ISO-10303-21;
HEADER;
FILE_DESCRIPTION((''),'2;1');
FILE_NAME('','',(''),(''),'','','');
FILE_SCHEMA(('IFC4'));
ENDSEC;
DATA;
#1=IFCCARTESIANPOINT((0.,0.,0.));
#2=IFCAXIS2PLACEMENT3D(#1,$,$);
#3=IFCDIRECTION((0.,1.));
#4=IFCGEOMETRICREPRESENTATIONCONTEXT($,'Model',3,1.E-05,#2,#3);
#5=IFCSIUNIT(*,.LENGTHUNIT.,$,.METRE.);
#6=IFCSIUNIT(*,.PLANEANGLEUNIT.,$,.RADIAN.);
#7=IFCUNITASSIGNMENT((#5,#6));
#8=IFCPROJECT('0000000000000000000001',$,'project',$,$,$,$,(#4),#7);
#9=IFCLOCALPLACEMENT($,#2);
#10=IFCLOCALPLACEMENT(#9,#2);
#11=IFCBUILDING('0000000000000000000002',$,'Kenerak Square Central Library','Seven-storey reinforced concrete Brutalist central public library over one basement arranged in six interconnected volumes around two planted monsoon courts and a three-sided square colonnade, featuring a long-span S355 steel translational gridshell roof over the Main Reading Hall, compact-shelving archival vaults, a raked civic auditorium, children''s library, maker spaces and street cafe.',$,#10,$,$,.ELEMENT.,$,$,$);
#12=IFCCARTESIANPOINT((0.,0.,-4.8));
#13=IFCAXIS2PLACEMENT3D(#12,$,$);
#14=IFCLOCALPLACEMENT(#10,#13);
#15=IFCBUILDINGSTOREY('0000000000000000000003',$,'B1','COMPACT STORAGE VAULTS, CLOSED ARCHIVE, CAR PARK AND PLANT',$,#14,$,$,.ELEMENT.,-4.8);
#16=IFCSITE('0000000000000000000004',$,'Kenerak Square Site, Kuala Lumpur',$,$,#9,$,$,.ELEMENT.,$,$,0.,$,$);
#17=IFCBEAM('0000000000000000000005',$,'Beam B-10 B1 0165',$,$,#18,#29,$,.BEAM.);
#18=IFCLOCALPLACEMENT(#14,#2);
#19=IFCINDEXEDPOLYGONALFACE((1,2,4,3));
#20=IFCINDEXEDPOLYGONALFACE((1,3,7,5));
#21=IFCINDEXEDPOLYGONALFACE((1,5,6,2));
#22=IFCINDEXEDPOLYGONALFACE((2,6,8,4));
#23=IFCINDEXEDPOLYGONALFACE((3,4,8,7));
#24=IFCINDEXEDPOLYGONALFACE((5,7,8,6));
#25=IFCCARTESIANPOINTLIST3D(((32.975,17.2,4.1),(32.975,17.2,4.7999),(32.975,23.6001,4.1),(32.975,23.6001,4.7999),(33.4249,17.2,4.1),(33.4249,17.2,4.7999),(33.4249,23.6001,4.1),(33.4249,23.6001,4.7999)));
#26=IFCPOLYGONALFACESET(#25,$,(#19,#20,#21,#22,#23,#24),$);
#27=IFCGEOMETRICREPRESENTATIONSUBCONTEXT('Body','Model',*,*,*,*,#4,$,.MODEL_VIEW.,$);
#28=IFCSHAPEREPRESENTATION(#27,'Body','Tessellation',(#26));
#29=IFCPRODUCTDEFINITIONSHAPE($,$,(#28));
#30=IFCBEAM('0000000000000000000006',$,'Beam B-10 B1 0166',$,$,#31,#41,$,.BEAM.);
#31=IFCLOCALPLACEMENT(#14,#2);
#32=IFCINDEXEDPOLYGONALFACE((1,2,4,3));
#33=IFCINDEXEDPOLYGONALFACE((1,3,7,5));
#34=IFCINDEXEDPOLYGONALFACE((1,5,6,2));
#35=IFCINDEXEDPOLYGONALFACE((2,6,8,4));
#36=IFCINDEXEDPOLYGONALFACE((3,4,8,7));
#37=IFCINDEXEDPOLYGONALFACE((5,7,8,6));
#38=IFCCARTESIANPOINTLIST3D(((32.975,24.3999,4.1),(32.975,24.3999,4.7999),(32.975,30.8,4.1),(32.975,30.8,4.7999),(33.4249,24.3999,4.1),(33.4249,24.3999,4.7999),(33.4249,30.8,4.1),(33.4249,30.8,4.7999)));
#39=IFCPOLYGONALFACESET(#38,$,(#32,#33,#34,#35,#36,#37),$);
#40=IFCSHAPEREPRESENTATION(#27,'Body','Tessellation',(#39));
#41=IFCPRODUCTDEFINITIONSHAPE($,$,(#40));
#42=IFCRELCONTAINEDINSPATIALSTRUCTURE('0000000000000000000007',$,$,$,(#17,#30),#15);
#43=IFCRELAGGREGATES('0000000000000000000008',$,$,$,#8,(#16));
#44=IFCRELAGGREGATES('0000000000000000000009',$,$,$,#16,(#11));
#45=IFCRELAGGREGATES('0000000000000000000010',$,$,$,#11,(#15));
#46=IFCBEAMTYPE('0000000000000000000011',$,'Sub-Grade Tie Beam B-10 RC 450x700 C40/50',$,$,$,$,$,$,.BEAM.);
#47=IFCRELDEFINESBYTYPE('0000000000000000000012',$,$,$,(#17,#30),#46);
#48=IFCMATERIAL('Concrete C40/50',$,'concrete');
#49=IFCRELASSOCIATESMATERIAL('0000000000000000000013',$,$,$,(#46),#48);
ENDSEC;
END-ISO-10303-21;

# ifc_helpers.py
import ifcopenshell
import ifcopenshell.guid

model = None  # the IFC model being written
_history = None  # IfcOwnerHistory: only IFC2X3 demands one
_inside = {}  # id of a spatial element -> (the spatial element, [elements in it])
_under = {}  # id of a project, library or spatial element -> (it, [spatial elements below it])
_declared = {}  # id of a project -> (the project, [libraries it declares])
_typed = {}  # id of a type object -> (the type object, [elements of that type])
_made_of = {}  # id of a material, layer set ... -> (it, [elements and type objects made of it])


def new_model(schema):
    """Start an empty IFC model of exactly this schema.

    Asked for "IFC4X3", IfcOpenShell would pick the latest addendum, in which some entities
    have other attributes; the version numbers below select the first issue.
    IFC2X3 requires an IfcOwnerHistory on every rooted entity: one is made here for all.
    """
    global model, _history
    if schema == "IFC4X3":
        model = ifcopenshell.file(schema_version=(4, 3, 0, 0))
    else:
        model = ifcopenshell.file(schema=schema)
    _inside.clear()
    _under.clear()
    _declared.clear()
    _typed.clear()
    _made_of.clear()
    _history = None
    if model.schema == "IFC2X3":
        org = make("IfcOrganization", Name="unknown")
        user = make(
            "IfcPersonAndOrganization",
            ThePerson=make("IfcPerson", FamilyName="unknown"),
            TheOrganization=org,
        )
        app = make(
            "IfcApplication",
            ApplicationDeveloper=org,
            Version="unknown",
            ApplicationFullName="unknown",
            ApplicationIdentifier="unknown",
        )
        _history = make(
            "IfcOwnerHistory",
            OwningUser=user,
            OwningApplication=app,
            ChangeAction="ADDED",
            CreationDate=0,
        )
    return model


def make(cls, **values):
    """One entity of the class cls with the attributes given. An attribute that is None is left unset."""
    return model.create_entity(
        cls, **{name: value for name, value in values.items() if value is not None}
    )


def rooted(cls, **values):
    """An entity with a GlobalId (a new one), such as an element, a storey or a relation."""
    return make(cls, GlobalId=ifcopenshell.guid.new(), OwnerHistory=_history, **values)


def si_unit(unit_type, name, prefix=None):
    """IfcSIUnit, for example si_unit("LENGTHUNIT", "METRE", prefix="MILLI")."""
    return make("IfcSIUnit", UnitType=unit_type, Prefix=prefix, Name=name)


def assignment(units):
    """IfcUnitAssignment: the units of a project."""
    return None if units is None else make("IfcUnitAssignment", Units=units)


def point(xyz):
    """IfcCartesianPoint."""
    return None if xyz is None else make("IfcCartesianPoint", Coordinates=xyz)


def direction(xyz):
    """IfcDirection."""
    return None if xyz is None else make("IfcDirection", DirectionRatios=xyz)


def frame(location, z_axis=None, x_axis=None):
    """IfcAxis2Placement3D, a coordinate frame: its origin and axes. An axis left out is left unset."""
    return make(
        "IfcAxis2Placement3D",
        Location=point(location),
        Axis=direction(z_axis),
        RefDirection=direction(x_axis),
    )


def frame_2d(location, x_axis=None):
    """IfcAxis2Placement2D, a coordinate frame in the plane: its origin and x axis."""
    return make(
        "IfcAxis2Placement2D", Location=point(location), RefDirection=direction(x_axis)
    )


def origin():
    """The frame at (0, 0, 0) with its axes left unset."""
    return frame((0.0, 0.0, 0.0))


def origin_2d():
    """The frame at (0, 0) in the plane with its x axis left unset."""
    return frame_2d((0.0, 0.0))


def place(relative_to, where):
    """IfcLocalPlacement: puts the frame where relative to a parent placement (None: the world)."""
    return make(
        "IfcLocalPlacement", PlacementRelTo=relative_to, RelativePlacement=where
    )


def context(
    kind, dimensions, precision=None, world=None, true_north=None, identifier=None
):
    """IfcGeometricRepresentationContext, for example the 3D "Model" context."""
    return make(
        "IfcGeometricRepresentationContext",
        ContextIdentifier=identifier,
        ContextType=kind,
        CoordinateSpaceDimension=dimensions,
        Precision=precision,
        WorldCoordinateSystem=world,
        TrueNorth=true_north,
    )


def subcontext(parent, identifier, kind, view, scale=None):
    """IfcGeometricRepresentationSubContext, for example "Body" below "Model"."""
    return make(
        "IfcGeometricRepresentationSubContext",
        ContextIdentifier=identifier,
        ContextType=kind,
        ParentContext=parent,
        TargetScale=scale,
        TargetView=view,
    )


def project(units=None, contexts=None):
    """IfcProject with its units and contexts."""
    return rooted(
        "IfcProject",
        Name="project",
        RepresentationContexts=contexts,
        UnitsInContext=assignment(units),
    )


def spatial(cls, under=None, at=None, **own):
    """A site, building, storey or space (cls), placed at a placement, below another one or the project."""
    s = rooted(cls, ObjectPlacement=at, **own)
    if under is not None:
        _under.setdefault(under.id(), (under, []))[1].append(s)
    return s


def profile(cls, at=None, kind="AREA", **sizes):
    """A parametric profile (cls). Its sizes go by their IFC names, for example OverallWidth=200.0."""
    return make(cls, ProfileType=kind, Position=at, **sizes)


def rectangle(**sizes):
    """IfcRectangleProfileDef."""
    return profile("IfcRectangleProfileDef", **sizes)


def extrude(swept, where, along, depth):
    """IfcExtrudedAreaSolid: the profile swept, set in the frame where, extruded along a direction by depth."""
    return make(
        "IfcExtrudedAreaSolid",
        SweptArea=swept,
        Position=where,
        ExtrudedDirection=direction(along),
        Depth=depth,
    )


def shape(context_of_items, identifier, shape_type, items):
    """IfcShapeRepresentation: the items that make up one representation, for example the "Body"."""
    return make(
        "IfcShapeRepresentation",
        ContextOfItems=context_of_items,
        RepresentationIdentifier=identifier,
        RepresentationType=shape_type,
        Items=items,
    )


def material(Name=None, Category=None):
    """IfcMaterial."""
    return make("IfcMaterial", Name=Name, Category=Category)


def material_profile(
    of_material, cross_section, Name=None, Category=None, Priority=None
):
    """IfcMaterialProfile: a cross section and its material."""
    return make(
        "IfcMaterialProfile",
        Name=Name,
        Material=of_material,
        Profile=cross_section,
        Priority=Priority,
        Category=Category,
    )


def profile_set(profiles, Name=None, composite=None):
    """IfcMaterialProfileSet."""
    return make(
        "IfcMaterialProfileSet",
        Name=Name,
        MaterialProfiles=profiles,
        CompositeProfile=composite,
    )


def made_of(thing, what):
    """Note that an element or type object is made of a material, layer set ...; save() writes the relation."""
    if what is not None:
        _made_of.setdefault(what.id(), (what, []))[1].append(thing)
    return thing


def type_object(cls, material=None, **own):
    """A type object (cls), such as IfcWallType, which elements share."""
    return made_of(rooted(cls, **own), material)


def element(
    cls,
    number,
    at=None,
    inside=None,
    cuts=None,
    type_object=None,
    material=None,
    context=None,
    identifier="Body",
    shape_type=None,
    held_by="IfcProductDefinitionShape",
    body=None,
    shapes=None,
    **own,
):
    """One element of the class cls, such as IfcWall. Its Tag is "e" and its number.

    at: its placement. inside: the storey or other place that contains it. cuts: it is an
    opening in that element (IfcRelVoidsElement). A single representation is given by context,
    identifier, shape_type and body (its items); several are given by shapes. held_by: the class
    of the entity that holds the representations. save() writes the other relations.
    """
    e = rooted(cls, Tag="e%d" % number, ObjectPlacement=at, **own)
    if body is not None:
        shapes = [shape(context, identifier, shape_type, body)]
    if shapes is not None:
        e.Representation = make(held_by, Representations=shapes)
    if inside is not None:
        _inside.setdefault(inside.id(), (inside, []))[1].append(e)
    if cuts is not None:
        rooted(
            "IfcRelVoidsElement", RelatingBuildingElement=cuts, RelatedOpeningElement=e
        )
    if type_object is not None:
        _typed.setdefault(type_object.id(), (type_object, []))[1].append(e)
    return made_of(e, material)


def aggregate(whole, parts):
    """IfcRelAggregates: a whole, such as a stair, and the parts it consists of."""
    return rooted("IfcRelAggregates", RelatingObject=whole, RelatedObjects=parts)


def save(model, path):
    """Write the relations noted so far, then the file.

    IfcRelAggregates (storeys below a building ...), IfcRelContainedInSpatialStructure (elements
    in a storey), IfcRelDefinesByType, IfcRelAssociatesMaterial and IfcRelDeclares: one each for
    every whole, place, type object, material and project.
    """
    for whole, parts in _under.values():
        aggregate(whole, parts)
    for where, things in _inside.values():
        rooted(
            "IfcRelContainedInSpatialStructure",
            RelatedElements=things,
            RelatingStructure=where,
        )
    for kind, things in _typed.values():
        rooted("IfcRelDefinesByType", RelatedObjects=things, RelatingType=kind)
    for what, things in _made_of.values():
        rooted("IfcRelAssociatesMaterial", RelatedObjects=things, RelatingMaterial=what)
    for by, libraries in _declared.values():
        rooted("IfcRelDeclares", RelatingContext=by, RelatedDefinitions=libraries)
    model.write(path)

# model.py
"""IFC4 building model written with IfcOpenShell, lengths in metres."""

from ifc_helpers import new_model, si_unit, direction, frame, origin, origin_2d, place, context, subcontext, project, spatial, rectangle, extrude, material, material_profile, profile_set, type_object, element, save


model = new_model("IFC4")

# Units and contexts
model_context = context("Model", 3, precision=1e-05, world=origin(), true_north=direction((0.0, 1.0)))
body_context = subcontext(model_context, "Body", "Model", "MODEL_VIEW")
ifc_project = project(units=[si_unit("LENGTHUNIT", "METRE"), si_unit("PLANEANGLEUNIT", "RADIAN")], contexts=[model_context])

# Site, building, storey
site_placement = place(None, origin())
site = spatial("IfcSite", under=ifc_project, at=site_placement, Name="Kenerak Square Site, Kuala Lumpur", CompositionType="ELEMENT", RefElevation=0.0)
building_placement = place(site_placement, origin())
building = spatial("IfcBuilding", under=site, at=building_placement, Name="Kenerak Square Central Library", Description="Seven-storey reinforced concrete Brutalist central public library over one basement arranged in six interconnected volumes around two planted monsoon courts and a three-sided square colonnade, featuring a long-span S355 steel translational gridshell roof over the Main Reading Hall, compact-shelving archival vaults, a raked civic auditorium, children's library, maker spaces and street cafe.", CompositionType="ELEMENT")
storey_placement = place(building_placement, frame((0.0, 0.0, -4.8)))
storey = spatial("IfcBuildingStorey", under=building, at=storey_placement, Name="B1", Description="COMPACT STORAGE VAULTS, CLOSED ARCHIVE, CAR PARK AND PLANT", CompositionType="ELEMENT", Elevation=-4.8)

# Shared definitions
ifc_material_1 = material(Name="Concrete C40/50", Category="concrete")

# Beams
ifc_material_profile_1 = material_profile(ifc_material_1, rectangle(XDim=0.45, YDim=0.7, at=origin_2d()), Name="RC 450x700")
ifc_profile_set_1 = profile_set([ifc_material_profile_1], Name="Concrete C40/50")
beam_type_1 = type_object("IfcBeamType", Name="Sub-Grade Tie Beam B-10 RC 450x700 C40/50", PredefinedType="BEAM", material=ifc_profile_set_1)
for number, where, z_axis, x_axis, name in (
    (1, (33.2, 17.2, 4.45), (0.0, 1.0, 0.0), (-1.0, 0.0, 0.0), "Beam B-10 B1 0165"),
    (2, (33.2, 24.3999, 4.45), (0.0, 1.0, 0.0), (-1.0, 0.0, 0.0), "Beam B-10 B1 0166"),
):
    element("IfcBeam", number, at=place(storey_placement, frame(where, z_axis=z_axis, x_axis=x_axis)), inside=storey, type_object=beam_type_1, Name=name, PredefinedType="BEAM", context=body_context, shape_type="SweptSolid", body=[
        extrude(rectangle(XDim=0.45, YDim=0.7, at=origin_2d()), origin(), (0.0, 0.0, 1.0), 6.4001),
    ])

save(model, "model.ifc")
